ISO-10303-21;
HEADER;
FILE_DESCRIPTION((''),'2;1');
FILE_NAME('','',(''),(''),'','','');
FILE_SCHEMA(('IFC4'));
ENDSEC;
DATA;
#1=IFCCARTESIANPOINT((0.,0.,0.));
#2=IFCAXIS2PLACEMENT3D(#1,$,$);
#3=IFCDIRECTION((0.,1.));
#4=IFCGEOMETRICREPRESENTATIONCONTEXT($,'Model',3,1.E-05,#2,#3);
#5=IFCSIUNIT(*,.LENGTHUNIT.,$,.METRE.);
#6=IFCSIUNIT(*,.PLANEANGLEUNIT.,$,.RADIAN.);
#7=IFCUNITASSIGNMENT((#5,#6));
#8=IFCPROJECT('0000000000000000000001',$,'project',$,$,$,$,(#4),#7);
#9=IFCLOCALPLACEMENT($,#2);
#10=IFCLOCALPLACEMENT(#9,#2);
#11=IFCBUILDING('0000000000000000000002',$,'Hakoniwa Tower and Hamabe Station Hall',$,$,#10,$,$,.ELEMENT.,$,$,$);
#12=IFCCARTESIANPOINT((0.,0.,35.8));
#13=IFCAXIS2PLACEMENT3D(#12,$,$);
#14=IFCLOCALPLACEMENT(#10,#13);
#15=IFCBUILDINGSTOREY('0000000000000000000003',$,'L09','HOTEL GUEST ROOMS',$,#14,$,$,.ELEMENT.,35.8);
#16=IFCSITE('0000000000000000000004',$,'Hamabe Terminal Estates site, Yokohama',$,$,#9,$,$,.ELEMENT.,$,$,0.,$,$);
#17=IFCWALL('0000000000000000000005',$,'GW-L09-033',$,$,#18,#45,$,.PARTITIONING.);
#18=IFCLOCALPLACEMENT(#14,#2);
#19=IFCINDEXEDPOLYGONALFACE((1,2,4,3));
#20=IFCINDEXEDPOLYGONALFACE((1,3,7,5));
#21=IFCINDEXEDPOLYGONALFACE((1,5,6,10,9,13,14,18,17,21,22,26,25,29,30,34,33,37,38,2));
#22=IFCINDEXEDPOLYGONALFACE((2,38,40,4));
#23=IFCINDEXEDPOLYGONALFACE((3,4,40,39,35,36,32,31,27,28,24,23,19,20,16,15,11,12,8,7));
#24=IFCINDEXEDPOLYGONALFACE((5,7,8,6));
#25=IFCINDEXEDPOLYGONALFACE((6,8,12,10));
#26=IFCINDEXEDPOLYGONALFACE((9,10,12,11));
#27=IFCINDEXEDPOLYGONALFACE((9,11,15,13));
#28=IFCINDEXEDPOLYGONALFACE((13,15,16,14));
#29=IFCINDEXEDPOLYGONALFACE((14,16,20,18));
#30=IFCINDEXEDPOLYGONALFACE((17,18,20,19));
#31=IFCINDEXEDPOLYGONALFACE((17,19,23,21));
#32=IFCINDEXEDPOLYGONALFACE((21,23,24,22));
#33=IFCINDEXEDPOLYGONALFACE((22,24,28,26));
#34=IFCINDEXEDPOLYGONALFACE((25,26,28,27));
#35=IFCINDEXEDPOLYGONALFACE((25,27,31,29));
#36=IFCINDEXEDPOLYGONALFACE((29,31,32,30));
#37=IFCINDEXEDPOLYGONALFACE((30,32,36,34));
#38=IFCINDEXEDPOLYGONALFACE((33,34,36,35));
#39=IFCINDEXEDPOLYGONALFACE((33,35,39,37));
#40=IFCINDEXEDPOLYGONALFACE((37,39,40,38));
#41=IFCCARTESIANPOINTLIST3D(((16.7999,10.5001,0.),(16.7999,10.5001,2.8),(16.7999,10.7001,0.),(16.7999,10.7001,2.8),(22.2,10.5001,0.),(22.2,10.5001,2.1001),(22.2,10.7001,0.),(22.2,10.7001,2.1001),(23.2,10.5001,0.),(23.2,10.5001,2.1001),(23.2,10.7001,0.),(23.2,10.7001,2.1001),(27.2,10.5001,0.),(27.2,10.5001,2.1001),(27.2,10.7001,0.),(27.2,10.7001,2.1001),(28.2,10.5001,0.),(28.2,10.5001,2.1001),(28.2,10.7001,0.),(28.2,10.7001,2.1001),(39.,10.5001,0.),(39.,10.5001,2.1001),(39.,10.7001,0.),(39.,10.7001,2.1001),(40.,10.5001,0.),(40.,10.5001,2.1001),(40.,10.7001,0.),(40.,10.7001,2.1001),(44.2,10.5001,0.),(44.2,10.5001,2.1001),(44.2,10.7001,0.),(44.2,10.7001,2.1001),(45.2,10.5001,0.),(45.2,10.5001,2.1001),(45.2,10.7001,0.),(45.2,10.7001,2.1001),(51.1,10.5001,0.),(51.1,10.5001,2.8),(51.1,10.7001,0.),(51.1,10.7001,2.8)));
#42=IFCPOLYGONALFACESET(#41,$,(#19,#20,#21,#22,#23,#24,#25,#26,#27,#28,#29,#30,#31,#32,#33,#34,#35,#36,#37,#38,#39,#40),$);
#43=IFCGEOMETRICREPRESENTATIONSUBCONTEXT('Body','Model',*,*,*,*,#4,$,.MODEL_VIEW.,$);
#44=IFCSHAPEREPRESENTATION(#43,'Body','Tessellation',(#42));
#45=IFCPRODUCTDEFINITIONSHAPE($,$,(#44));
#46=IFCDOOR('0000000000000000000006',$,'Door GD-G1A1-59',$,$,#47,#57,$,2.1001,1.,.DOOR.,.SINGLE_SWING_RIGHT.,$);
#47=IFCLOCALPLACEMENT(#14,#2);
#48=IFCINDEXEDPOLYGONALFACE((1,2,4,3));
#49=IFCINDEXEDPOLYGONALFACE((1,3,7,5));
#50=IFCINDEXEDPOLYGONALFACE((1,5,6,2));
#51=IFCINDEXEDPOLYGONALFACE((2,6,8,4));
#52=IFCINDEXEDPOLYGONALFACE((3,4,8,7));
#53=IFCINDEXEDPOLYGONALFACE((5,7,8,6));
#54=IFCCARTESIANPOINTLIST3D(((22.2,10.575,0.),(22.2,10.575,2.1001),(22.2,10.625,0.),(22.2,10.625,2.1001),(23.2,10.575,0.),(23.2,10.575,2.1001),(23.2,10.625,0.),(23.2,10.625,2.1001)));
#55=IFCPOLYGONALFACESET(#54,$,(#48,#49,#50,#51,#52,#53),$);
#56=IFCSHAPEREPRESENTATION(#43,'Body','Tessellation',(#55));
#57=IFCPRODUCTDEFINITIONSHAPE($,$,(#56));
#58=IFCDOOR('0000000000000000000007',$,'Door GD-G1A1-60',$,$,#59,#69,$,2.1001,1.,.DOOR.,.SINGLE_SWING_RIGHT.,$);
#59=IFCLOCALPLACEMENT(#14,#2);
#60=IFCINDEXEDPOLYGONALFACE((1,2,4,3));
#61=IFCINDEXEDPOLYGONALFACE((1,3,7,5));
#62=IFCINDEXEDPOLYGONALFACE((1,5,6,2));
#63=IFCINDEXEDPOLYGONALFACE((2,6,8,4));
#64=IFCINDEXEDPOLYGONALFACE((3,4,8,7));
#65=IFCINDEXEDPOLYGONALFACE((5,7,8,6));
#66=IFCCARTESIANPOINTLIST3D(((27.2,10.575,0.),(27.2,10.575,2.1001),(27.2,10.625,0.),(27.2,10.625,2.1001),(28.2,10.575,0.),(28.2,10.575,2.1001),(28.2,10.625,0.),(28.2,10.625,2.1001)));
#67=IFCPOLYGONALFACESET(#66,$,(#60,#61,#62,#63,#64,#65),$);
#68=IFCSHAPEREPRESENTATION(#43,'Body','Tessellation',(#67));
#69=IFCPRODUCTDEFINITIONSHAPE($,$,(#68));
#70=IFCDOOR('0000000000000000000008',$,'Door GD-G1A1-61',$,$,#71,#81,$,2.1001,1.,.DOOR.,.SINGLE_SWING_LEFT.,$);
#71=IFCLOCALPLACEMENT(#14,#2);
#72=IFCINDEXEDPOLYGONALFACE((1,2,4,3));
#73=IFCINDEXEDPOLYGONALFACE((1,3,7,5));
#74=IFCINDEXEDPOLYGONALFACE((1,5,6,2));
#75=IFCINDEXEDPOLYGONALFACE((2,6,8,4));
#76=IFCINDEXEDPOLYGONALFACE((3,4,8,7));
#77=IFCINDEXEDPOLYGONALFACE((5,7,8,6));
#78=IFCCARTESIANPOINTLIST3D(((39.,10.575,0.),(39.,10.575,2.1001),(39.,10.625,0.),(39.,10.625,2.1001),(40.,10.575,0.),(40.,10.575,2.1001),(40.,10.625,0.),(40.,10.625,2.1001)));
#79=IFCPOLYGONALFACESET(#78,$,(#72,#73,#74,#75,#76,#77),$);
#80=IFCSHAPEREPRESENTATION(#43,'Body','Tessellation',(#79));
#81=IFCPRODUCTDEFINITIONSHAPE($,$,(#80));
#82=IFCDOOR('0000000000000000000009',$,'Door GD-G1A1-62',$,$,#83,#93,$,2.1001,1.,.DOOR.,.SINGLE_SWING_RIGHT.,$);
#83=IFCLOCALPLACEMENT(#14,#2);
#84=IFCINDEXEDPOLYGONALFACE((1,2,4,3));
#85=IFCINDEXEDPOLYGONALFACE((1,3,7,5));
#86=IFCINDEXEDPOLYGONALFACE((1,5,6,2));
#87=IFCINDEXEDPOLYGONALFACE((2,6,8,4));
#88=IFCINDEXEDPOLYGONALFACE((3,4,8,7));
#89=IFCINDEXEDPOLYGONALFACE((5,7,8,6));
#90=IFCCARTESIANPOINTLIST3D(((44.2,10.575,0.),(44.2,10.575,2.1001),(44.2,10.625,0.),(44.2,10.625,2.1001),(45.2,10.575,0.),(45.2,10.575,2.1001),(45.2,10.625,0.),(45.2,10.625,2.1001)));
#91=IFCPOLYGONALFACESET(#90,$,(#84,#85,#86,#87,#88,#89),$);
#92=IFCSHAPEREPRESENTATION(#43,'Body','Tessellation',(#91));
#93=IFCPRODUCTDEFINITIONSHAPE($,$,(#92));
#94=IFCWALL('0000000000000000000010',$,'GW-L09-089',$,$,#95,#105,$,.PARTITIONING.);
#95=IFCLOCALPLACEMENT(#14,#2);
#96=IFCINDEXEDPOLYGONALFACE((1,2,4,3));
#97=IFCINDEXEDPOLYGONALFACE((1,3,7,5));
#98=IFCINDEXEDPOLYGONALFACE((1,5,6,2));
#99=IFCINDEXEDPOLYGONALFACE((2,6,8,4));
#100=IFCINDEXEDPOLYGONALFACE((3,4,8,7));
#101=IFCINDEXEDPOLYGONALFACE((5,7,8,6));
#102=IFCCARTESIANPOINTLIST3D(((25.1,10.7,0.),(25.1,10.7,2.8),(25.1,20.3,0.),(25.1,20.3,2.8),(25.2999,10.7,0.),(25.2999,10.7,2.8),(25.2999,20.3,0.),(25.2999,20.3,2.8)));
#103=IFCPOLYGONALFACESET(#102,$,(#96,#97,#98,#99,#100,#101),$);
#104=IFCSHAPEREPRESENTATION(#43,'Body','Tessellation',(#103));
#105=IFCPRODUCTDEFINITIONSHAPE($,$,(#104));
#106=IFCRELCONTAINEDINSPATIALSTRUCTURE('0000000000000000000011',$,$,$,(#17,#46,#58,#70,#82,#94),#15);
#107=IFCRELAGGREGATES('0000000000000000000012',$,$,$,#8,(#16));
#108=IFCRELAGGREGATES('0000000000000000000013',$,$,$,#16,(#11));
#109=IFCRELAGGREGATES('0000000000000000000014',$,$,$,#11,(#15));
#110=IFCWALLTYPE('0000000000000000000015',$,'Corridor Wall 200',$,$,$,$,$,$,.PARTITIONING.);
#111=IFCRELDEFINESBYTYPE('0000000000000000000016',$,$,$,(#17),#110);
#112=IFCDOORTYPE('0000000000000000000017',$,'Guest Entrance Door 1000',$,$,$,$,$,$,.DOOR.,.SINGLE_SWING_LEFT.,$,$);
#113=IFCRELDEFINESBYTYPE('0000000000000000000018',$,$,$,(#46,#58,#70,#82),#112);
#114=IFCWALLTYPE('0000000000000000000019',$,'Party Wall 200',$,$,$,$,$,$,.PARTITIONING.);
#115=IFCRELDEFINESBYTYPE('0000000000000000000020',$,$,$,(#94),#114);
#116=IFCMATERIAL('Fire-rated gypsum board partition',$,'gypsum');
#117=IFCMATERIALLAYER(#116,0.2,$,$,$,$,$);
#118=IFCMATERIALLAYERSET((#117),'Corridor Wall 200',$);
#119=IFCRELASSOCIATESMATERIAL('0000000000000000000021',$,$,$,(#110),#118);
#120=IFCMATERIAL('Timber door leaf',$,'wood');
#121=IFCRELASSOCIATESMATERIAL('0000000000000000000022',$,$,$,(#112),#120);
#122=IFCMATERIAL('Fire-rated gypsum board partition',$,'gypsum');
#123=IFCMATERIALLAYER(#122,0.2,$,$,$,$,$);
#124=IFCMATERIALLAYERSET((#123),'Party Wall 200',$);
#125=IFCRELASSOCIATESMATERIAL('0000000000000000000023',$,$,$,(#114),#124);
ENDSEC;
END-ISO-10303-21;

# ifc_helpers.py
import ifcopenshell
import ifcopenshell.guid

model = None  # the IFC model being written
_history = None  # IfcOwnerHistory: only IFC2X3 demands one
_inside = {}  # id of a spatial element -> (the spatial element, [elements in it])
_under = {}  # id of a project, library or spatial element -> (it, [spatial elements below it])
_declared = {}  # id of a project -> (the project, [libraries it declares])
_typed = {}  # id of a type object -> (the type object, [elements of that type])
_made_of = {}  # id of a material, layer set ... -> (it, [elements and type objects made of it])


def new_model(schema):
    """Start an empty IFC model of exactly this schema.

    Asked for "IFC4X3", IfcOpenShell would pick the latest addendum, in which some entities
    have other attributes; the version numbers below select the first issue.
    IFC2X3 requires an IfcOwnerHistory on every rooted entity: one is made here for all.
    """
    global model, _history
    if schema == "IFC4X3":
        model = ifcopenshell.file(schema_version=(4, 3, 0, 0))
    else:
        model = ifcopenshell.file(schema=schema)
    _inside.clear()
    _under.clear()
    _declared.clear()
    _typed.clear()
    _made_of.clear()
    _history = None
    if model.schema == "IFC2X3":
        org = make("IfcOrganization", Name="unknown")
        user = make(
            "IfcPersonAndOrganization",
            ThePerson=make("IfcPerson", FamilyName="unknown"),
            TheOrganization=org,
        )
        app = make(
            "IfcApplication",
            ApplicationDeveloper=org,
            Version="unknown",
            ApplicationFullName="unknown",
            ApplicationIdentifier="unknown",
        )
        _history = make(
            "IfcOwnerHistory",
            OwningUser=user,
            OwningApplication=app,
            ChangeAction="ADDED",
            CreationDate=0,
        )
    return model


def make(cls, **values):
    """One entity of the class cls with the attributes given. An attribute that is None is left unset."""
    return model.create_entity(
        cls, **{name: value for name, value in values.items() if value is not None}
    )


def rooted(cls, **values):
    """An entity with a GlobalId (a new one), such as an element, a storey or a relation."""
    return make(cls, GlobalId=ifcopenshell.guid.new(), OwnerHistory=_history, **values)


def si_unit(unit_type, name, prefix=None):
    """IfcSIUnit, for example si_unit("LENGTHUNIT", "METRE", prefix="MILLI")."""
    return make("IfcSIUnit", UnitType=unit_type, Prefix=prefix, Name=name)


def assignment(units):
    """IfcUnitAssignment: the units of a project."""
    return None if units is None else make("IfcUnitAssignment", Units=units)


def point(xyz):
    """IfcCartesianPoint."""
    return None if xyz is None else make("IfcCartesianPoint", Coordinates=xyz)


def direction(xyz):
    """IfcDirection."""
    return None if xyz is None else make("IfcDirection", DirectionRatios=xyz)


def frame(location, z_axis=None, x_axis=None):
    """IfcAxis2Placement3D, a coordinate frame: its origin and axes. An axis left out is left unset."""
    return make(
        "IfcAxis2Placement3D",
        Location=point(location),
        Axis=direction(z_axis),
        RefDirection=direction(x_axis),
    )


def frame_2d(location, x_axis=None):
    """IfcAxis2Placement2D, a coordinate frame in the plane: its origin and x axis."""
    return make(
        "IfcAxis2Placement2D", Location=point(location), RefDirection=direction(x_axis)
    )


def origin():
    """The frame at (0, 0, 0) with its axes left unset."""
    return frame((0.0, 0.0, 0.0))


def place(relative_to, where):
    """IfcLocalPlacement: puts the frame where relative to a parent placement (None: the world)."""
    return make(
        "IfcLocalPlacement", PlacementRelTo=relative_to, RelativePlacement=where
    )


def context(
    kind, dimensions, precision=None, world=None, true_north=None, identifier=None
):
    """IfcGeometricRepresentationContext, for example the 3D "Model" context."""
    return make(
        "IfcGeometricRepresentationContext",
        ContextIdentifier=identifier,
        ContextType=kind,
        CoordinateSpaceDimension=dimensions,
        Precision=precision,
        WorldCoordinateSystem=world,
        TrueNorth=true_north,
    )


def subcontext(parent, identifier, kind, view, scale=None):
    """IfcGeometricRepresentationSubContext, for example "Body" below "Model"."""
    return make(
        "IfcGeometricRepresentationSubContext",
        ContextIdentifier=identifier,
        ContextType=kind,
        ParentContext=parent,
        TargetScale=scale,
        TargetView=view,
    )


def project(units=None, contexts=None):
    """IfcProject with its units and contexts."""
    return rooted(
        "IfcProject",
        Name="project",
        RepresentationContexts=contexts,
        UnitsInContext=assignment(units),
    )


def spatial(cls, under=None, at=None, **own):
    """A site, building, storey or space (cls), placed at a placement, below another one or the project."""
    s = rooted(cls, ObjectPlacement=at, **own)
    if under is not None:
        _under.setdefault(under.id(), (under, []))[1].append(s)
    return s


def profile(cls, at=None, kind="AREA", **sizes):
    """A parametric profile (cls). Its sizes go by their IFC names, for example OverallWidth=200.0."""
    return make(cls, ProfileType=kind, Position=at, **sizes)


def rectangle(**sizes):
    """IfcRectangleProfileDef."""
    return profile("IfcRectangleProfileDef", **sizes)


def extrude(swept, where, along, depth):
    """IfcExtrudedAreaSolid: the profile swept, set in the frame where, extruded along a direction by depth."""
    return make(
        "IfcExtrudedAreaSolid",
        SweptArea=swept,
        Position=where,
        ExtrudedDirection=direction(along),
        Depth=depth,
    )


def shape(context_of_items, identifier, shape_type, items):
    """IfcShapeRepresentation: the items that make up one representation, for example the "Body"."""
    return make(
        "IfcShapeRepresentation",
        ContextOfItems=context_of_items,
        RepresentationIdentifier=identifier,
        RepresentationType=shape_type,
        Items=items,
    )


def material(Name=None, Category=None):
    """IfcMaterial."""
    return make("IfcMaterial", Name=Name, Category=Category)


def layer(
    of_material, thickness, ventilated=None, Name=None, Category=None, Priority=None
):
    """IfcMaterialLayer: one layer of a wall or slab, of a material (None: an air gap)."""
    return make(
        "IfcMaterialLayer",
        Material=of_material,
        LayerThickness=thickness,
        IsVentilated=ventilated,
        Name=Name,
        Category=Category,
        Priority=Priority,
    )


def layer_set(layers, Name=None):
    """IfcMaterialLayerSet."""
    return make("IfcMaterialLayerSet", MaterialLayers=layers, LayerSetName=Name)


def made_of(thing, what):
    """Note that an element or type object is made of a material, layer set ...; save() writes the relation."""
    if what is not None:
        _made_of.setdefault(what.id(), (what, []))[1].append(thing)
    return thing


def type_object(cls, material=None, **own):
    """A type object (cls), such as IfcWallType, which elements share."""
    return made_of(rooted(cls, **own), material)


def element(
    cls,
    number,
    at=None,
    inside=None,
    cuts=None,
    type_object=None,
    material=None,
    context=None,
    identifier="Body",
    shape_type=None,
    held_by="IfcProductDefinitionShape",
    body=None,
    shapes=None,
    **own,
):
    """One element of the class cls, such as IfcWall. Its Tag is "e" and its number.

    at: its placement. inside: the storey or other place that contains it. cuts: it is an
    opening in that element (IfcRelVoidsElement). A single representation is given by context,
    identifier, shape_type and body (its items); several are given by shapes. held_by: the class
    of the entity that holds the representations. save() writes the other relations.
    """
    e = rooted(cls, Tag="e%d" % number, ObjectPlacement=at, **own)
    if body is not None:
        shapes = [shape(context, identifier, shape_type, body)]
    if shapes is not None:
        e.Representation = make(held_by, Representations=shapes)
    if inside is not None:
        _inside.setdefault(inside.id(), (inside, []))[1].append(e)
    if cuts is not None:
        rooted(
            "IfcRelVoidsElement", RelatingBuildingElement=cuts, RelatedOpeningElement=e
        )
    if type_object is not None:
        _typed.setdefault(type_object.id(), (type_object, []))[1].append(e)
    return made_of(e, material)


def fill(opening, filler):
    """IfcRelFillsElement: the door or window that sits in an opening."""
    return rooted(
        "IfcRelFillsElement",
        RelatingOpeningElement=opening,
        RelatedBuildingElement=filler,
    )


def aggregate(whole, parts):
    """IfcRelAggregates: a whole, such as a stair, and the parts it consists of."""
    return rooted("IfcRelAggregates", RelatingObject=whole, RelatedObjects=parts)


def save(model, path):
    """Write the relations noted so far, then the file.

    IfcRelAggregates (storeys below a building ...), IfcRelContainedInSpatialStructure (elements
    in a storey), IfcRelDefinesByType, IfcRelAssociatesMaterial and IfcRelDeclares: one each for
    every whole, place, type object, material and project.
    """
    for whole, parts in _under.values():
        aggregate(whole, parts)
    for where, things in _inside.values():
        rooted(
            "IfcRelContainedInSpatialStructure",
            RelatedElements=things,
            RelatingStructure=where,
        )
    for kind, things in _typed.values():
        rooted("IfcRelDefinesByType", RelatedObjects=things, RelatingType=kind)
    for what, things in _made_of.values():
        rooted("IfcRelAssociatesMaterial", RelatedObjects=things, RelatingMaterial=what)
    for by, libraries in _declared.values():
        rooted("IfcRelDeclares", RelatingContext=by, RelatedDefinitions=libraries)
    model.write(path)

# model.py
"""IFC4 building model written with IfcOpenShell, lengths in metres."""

from ifc_helpers import new_model, si_unit, direction, frame, frame_2d, origin, place, context, subcontext, project, spatial, rectangle, extrude, material, layer, layer_set, type_object, element, fill, save


model = new_model("IFC4")

# Units and contexts
model_context = context("Model", 3, precision=1e-05, world=origin(), true_north=direction((0.0, 1.0)))
body_context = subcontext(model_context, "Body", "Model", "MODEL_VIEW")
ifc_project = project(units=[si_unit("LENGTHUNIT", "METRE"), si_unit("PLANEANGLEUNIT", "RADIAN")], contexts=[model_context])

# Site, building, storey
site_placement = place(None, origin())
site = spatial("IfcSite", under=ifc_project, at=site_placement, Name="Hamabe Terminal Estates site, Yokohama", CompositionType="ELEMENT", RefElevation=0.0)
building_placement = place(site_placement, origin())
building = spatial("IfcBuilding", under=site, at=building_placement, Name="Hakoniwa Tower and Hamabe Station Hall", CompositionType="ELEMENT")
storey_placement = place(building_placement, frame((0.0, 0.0, 35.8)))
storey = spatial("IfcBuildingStorey", under=building, at=storey_placement, Name="L09", Description="HOTEL GUEST ROOMS", CompositionType="ELEMENT", Elevation=35.8)

# Wall, openings, doors
ifc_material_1 = material(Name="Fire-rated gypsum board partition", Category="gypsum")
ifc_layer_1 = layer(ifc_material_1, 0.2)
ifc_layer_set_1 = layer_set([ifc_layer_1], Name="Corridor Wall 200")
wall_type_1 = type_object("IfcWallType", Name="Corridor Wall 200", PredefinedType="PARTITIONING", material=ifc_layer_set_1)
wall_1_placement = place(storey_placement, frame((16.8, 10.6001, 0.0), z_axis=(0.0, 0.0, 1.0), x_axis=(1.0, 0.0, 0.0)))
wall_1 = element("IfcWall", 1, at=wall_1_placement, inside=storey, type_object=wall_type_1, Name="GW-L09-033", PredefinedType="PARTITIONING", context=body_context, shape_type="SweptSolid", body=[
    extrude(rectangle(XDim=34.3, YDim=0.2, at=frame_2d((17.1499, 0.0))), origin(), (0.0, 0.0, 1.0), 2.8),
])
opening_1_placement = place(wall_1_placement, frame((5.3999, 0.0, 0.0)))
opening_1 = element("IfcOpeningElement", 2, at=opening_1_placement, cuts=wall_1, PredefinedType="OPENING", context=body_context, shape_type="SweptSolid", body=[
    extrude(rectangle(XDim=1.0, YDim=2.1001, at=frame_2d((0.5, 1.05))), frame((0.0, 0.1099, 0.0), z_axis=(0.0, -1.0, 0.0), x_axis=(1.0, 0.0, 0.0)), (0.0, 0.0, 1.0), 0.22),
])
opening_2_placement = place(wall_1_placement, frame((10.3999, 0.0, 0.0)))
opening_2 = element("IfcOpeningElement", 3, at=opening_2_placement, cuts=wall_1, PredefinedType="OPENING", context=body_context, shape_type="SweptSolid", body=[
    extrude(rectangle(XDim=1.0, YDim=2.1001, at=frame_2d((0.5, 1.05))), frame((0.0, 0.1099, 0.0), z_axis=(0.0, -1.0, 0.0), x_axis=(1.0, 0.0, 0.0)), (0.0, 0.0, 1.0), 0.22),
])
opening_3_placement = place(wall_1_placement, frame((22.2, 0.0, 0.0)))
opening_3 = element("IfcOpeningElement", 4, at=opening_3_placement, cuts=wall_1, PredefinedType="OPENING", context=body_context, shape_type="SweptSolid", body=[
    extrude(rectangle(XDim=1.0, YDim=2.1001, at=frame_2d((0.5, 1.05))), frame((0.0, 0.1099, 0.0), z_axis=(0.0, -1.0, 0.0), x_axis=(1.0, 0.0, 0.0)), (0.0, 0.0, 1.0), 0.22),
])
opening_4_placement = place(wall_1_placement, frame((27.3999, 0.0, 0.0)))
opening_4 = element("IfcOpeningElement", 5, at=opening_4_placement, cuts=wall_1, PredefinedType="OPENING", context=body_context, shape_type="SweptSolid", body=[
    extrude(rectangle(XDim=1.0, YDim=2.1001, at=frame_2d((0.5, 1.05))), frame((0.0, 0.1099, 0.0), z_axis=(0.0, -1.0, 0.0), x_axis=(1.0, 0.0, 0.0)), (0.0, 0.0, 1.0), 0.22),
])
ifc_material_2 = material(Name="Timber door leaf", Category="wood")
door_type_1 = type_object("IfcDoorType", Name="Guest Entrance Door 1000", OperationType="SINGLE_SWING_LEFT", PredefinedType="DOOR", material=ifc_material_2)
door_1_placement = place(opening_1_placement, origin())
door_1 = element("IfcDoor", 6, at=door_1_placement, inside=storey, type_object=door_type_1, Name="Door GD-G1A1-59", OperationType="SINGLE_SWING_RIGHT", OverallHeight=2.1001, OverallWidth=1.0, PredefinedType="DOOR", context=body_context, shape_type="SweptSolid", body=[
    extrude(rectangle(XDim=1.0, YDim=2.1001, at=frame_2d((0.5, 1.05))), frame((0.0, 0.0249, 0.0), z_axis=(0.0, -1.0, 0.0), x_axis=(1.0, 0.0, 0.0)), (0.0, 0.0, 1.0), 0.05),
])
fill(opening_1, door_1)
door_2_placement = place(opening_2_placement, origin())
door_2 = element("IfcDoor", 7, at=door_2_placement, inside=storey, type_object=door_type_1, Name="Door GD-G1A1-60", OperationType="SINGLE_SWING_RIGHT", OverallHeight=2.1001, OverallWidth=1.0, PredefinedType="DOOR", context=body_context, shape_type="SweptSolid", body=[
    extrude(rectangle(XDim=1.0, YDim=2.1001, at=frame_2d((0.5, 1.05))), frame((0.0, 0.0249, 0.0), z_axis=(0.0, -1.0, 0.0), x_axis=(1.0, 0.0, 0.0)), (0.0, 0.0, 1.0), 0.05),
])
fill(opening_2, door_2)
door_3_placement = place(opening_3_placement, origin())
door_3 = element("IfcDoor", 8, at=door_3_placement, inside=storey, type_object=door_type_1, Name="Door GD-G1A1-61", OperationType="SINGLE_SWING_LEFT", OverallHeight=2.1001, OverallWidth=1.0, PredefinedType="DOOR", context=body_context, shape_type="SweptSolid", body=[
    extrude(rectangle(XDim=1.0, YDim=2.1001, at=frame_2d((0.5, 1.05))), frame((0.0, 0.0249, 0.0), z_axis=(0.0, -1.0, 0.0), x_axis=(1.0, 0.0, 0.0)), (0.0, 0.0, 1.0), 0.05),
])
fill(opening_3, door_3)
door_4_placement = place(opening_4_placement, origin())
door_4 = element("IfcDoor", 9, at=door_4_placement, inside=storey, type_object=door_type_1, Name="Door GD-G1A1-62", OperationType="SINGLE_SWING_RIGHT", OverallHeight=2.1001, OverallWidth=1.0, PredefinedType="DOOR", context=body_context, shape_type="SweptSolid", body=[
    extrude(rectangle(XDim=1.0, YDim=2.1001, at=frame_2d((0.5, 1.05))), frame((0.0, 0.0249, 0.0), z_axis=(0.0, -1.0, 0.0), x_axis=(1.0, 0.0, 0.0)), (0.0, 0.0, 1.0), 0.05),
])
fill(opening_4, door_4)

# Wall
ifc_material_3 = material(Name="Fire-rated gypsum board partition", Category="gypsum")
ifc_layer_2 = layer(ifc_material_3, 0.2)
ifc_layer_set_2 = layer_set([ifc_layer_2], Name="Party Wall 200")
wall_type_2 = type_object("IfcWallType", Name="Party Wall 200", PredefinedType="PARTITIONING", material=ifc_layer_set_2)
wall_2_placement = place(storey_placement, frame((25.2, 10.7, 0.0), z_axis=(0.0, 0.0, 1.0), x_axis=(0.0, 1.0, 0.0)))
element("IfcWall", 10, at=wall_2_placement, inside=storey, type_object=wall_type_2, Name="GW-L09-089", PredefinedType="PARTITIONING", context=body_context, shape_type="SweptSolid", body=[
    extrude(rectangle(XDim=9.6001, YDim=0.2, at=frame_2d((4.8, 0.0))), origin(), (0.0, 0.0, 1.0), 2.8),
])

save(model, "model.ifc")
